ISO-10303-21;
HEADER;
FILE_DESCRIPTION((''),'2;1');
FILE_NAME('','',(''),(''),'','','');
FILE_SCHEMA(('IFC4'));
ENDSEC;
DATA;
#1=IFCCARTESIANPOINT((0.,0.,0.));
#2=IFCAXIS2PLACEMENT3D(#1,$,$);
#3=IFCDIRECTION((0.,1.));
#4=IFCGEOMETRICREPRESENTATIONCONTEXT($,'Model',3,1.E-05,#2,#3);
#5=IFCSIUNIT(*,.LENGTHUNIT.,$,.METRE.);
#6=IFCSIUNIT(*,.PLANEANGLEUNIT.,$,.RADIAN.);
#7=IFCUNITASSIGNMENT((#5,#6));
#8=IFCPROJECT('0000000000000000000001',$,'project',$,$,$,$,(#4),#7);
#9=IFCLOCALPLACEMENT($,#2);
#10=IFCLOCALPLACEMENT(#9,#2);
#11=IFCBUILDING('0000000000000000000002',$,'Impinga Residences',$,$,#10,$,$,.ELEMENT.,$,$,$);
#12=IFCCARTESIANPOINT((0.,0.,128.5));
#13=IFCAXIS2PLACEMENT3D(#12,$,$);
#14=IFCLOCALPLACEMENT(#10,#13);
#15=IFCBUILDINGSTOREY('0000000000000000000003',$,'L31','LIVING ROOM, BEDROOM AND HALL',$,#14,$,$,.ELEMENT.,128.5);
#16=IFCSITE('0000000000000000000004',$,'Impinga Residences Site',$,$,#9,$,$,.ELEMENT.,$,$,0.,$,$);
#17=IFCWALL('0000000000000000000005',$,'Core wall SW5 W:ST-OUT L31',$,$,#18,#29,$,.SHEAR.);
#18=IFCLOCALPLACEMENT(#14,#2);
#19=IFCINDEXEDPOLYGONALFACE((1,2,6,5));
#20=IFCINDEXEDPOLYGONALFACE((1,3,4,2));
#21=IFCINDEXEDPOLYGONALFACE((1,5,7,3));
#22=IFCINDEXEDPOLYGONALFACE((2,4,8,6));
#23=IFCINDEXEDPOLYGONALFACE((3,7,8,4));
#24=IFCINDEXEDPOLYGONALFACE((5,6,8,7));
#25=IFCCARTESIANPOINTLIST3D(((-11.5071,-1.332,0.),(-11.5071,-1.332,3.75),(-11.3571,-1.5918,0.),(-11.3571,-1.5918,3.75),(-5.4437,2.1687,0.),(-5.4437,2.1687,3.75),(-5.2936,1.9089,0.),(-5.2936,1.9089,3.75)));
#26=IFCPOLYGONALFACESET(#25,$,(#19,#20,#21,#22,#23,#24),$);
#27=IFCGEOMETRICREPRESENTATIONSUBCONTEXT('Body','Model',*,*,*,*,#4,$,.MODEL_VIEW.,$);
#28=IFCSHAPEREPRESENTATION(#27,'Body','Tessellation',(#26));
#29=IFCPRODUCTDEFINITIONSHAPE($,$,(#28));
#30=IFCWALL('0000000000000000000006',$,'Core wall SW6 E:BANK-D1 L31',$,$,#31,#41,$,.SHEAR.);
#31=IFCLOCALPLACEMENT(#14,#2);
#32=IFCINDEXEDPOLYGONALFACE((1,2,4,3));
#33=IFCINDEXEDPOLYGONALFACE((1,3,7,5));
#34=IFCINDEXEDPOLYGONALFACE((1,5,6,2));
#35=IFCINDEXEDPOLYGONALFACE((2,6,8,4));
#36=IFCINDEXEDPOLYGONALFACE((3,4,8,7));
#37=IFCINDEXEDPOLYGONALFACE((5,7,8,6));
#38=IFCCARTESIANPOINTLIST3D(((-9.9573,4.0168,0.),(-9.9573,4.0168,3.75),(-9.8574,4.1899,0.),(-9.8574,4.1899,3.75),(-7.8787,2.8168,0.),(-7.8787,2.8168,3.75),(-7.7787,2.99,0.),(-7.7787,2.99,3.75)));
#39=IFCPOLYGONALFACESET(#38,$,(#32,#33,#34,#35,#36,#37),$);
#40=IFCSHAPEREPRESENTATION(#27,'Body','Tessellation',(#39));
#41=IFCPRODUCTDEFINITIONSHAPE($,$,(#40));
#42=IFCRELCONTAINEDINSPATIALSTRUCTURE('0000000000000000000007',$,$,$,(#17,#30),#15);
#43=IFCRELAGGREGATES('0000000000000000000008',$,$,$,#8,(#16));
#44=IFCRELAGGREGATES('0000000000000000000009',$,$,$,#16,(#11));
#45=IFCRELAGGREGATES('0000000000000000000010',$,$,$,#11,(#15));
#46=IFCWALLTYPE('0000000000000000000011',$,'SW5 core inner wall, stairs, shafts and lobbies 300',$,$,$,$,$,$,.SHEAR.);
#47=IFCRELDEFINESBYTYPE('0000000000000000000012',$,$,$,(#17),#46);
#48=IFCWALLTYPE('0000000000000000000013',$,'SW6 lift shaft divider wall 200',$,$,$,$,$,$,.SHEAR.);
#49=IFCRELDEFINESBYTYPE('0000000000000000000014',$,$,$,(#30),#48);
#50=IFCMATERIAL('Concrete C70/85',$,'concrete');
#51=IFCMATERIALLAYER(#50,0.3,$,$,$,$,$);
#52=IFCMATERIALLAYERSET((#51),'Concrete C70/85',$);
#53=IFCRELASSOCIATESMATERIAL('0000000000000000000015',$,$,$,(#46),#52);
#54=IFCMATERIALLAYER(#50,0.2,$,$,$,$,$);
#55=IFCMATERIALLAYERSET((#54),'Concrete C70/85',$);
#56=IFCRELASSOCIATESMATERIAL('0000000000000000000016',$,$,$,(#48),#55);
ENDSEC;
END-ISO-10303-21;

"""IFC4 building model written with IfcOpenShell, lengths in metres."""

from ifc_helpers import new_model, si_unit, direction, frame, frame_2d, origin, place, context, subcontext, project, spatial, rectangle, extrude, material, layer, layer_set, type_object, element, save


model = new_model("IFC4")

# Units and contexts
model_context = context("Model", 3, precision=1e-05, world=origin(), true_north=direction((0.0, 1.0)))
body_context = subcontext(model_context, "Body", "Model", "MODEL_VIEW")
ifc_project = project(units=[si_unit("LENGTHUNIT", "METRE"), si_unit("PLANEANGLEUNIT", "RADIAN")], contexts=[model_context])

# Site, building, storey
site_placement = place(None, origin())
site = spatial("IfcSite", under=ifc_project, at=site_placement, Name="Impinga Residences Site", CompositionType="ELEMENT", RefElevation=0.0)
building_placement = place(site_placement, origin())
building = spatial("IfcBuilding", under=site, at=building_placement, Name="Impinga Residences", CompositionType="ELEMENT")
storey_placement = place(building_placement, frame((0.0, 0.0, 128.5)))
storey = spatial("IfcBuildingStorey", under=building, at=storey_placement, Name="L31", Description="LIVING ROOM, BEDROOM AND HALL", CompositionType="ELEMENT", Elevation=128.5)

# Shared definitions
ifc_material_1 = material(Name="Concrete C70/85", Category="concrete")
ifc_layer_1 = layer(ifc_material_1, 0.3)
ifc_layer_set_1 = layer_set([ifc_layer_1], Name="Concrete C70/85")
wall_type_1 = type_object("IfcWallType", Name="SW5 core inner wall, stairs, shafts and lobbies 300", PredefinedType="SHEAR", material=ifc_layer_set_1)

# Walls
wall_1_placement = place(storey_placement, frame((-5.3687, 2.0388, 0.0), z_axis=(0.0, 0.0, 1.0), x_axis=(-0.866026, -0.499998, 0.0)))
element("IfcWall", 1, at=wall_1_placement, inside=storey, type_object=wall_type_1, Name="Core wall SW5 W:ST-OUT L31", PredefinedType="SHEAR", context=body_context, shape_type="SweptSolid", body=[
    extrude(rectangle(XDim=7.0015, YDim=0.3, at=frame_2d((3.5007, 0.0))), origin(), (0.0, 0.0, 1.0), 3.75),
])
ifc_layer_2 = layer(ifc_material_1, 0.2)
ifc_layer_set_2 = layer_set([ifc_layer_2], Name="Concrete C70/85")
wall_type_2 = type_object("IfcWallType", Name="SW6 lift shaft divider wall 200", PredefinedType="SHEAR", material=ifc_layer_set_2)
wall_2_placement = place(storey_placement, frame((-7.8286, 2.9033, 0.0), z_axis=(0.0, 0.0, 1.0), x_axis=(-0.86605, 0.499957, 0.0)))
element("IfcWall", 2, at=wall_2_placement, inside=storey, type_object=wall_type_2, Name="Core wall SW6 E:BANK-D1 L31", PredefinedType="SHEAR", context=body_context, shape_type="SweptSolid", body=[
    extrude(rectangle(XDim=2.4001, YDim=0.2, at=frame_2d((1.2002, 0.0))), origin(), (0.0, 0.0, 1.0), 3.75),
])

save(model, "model.ifc")
